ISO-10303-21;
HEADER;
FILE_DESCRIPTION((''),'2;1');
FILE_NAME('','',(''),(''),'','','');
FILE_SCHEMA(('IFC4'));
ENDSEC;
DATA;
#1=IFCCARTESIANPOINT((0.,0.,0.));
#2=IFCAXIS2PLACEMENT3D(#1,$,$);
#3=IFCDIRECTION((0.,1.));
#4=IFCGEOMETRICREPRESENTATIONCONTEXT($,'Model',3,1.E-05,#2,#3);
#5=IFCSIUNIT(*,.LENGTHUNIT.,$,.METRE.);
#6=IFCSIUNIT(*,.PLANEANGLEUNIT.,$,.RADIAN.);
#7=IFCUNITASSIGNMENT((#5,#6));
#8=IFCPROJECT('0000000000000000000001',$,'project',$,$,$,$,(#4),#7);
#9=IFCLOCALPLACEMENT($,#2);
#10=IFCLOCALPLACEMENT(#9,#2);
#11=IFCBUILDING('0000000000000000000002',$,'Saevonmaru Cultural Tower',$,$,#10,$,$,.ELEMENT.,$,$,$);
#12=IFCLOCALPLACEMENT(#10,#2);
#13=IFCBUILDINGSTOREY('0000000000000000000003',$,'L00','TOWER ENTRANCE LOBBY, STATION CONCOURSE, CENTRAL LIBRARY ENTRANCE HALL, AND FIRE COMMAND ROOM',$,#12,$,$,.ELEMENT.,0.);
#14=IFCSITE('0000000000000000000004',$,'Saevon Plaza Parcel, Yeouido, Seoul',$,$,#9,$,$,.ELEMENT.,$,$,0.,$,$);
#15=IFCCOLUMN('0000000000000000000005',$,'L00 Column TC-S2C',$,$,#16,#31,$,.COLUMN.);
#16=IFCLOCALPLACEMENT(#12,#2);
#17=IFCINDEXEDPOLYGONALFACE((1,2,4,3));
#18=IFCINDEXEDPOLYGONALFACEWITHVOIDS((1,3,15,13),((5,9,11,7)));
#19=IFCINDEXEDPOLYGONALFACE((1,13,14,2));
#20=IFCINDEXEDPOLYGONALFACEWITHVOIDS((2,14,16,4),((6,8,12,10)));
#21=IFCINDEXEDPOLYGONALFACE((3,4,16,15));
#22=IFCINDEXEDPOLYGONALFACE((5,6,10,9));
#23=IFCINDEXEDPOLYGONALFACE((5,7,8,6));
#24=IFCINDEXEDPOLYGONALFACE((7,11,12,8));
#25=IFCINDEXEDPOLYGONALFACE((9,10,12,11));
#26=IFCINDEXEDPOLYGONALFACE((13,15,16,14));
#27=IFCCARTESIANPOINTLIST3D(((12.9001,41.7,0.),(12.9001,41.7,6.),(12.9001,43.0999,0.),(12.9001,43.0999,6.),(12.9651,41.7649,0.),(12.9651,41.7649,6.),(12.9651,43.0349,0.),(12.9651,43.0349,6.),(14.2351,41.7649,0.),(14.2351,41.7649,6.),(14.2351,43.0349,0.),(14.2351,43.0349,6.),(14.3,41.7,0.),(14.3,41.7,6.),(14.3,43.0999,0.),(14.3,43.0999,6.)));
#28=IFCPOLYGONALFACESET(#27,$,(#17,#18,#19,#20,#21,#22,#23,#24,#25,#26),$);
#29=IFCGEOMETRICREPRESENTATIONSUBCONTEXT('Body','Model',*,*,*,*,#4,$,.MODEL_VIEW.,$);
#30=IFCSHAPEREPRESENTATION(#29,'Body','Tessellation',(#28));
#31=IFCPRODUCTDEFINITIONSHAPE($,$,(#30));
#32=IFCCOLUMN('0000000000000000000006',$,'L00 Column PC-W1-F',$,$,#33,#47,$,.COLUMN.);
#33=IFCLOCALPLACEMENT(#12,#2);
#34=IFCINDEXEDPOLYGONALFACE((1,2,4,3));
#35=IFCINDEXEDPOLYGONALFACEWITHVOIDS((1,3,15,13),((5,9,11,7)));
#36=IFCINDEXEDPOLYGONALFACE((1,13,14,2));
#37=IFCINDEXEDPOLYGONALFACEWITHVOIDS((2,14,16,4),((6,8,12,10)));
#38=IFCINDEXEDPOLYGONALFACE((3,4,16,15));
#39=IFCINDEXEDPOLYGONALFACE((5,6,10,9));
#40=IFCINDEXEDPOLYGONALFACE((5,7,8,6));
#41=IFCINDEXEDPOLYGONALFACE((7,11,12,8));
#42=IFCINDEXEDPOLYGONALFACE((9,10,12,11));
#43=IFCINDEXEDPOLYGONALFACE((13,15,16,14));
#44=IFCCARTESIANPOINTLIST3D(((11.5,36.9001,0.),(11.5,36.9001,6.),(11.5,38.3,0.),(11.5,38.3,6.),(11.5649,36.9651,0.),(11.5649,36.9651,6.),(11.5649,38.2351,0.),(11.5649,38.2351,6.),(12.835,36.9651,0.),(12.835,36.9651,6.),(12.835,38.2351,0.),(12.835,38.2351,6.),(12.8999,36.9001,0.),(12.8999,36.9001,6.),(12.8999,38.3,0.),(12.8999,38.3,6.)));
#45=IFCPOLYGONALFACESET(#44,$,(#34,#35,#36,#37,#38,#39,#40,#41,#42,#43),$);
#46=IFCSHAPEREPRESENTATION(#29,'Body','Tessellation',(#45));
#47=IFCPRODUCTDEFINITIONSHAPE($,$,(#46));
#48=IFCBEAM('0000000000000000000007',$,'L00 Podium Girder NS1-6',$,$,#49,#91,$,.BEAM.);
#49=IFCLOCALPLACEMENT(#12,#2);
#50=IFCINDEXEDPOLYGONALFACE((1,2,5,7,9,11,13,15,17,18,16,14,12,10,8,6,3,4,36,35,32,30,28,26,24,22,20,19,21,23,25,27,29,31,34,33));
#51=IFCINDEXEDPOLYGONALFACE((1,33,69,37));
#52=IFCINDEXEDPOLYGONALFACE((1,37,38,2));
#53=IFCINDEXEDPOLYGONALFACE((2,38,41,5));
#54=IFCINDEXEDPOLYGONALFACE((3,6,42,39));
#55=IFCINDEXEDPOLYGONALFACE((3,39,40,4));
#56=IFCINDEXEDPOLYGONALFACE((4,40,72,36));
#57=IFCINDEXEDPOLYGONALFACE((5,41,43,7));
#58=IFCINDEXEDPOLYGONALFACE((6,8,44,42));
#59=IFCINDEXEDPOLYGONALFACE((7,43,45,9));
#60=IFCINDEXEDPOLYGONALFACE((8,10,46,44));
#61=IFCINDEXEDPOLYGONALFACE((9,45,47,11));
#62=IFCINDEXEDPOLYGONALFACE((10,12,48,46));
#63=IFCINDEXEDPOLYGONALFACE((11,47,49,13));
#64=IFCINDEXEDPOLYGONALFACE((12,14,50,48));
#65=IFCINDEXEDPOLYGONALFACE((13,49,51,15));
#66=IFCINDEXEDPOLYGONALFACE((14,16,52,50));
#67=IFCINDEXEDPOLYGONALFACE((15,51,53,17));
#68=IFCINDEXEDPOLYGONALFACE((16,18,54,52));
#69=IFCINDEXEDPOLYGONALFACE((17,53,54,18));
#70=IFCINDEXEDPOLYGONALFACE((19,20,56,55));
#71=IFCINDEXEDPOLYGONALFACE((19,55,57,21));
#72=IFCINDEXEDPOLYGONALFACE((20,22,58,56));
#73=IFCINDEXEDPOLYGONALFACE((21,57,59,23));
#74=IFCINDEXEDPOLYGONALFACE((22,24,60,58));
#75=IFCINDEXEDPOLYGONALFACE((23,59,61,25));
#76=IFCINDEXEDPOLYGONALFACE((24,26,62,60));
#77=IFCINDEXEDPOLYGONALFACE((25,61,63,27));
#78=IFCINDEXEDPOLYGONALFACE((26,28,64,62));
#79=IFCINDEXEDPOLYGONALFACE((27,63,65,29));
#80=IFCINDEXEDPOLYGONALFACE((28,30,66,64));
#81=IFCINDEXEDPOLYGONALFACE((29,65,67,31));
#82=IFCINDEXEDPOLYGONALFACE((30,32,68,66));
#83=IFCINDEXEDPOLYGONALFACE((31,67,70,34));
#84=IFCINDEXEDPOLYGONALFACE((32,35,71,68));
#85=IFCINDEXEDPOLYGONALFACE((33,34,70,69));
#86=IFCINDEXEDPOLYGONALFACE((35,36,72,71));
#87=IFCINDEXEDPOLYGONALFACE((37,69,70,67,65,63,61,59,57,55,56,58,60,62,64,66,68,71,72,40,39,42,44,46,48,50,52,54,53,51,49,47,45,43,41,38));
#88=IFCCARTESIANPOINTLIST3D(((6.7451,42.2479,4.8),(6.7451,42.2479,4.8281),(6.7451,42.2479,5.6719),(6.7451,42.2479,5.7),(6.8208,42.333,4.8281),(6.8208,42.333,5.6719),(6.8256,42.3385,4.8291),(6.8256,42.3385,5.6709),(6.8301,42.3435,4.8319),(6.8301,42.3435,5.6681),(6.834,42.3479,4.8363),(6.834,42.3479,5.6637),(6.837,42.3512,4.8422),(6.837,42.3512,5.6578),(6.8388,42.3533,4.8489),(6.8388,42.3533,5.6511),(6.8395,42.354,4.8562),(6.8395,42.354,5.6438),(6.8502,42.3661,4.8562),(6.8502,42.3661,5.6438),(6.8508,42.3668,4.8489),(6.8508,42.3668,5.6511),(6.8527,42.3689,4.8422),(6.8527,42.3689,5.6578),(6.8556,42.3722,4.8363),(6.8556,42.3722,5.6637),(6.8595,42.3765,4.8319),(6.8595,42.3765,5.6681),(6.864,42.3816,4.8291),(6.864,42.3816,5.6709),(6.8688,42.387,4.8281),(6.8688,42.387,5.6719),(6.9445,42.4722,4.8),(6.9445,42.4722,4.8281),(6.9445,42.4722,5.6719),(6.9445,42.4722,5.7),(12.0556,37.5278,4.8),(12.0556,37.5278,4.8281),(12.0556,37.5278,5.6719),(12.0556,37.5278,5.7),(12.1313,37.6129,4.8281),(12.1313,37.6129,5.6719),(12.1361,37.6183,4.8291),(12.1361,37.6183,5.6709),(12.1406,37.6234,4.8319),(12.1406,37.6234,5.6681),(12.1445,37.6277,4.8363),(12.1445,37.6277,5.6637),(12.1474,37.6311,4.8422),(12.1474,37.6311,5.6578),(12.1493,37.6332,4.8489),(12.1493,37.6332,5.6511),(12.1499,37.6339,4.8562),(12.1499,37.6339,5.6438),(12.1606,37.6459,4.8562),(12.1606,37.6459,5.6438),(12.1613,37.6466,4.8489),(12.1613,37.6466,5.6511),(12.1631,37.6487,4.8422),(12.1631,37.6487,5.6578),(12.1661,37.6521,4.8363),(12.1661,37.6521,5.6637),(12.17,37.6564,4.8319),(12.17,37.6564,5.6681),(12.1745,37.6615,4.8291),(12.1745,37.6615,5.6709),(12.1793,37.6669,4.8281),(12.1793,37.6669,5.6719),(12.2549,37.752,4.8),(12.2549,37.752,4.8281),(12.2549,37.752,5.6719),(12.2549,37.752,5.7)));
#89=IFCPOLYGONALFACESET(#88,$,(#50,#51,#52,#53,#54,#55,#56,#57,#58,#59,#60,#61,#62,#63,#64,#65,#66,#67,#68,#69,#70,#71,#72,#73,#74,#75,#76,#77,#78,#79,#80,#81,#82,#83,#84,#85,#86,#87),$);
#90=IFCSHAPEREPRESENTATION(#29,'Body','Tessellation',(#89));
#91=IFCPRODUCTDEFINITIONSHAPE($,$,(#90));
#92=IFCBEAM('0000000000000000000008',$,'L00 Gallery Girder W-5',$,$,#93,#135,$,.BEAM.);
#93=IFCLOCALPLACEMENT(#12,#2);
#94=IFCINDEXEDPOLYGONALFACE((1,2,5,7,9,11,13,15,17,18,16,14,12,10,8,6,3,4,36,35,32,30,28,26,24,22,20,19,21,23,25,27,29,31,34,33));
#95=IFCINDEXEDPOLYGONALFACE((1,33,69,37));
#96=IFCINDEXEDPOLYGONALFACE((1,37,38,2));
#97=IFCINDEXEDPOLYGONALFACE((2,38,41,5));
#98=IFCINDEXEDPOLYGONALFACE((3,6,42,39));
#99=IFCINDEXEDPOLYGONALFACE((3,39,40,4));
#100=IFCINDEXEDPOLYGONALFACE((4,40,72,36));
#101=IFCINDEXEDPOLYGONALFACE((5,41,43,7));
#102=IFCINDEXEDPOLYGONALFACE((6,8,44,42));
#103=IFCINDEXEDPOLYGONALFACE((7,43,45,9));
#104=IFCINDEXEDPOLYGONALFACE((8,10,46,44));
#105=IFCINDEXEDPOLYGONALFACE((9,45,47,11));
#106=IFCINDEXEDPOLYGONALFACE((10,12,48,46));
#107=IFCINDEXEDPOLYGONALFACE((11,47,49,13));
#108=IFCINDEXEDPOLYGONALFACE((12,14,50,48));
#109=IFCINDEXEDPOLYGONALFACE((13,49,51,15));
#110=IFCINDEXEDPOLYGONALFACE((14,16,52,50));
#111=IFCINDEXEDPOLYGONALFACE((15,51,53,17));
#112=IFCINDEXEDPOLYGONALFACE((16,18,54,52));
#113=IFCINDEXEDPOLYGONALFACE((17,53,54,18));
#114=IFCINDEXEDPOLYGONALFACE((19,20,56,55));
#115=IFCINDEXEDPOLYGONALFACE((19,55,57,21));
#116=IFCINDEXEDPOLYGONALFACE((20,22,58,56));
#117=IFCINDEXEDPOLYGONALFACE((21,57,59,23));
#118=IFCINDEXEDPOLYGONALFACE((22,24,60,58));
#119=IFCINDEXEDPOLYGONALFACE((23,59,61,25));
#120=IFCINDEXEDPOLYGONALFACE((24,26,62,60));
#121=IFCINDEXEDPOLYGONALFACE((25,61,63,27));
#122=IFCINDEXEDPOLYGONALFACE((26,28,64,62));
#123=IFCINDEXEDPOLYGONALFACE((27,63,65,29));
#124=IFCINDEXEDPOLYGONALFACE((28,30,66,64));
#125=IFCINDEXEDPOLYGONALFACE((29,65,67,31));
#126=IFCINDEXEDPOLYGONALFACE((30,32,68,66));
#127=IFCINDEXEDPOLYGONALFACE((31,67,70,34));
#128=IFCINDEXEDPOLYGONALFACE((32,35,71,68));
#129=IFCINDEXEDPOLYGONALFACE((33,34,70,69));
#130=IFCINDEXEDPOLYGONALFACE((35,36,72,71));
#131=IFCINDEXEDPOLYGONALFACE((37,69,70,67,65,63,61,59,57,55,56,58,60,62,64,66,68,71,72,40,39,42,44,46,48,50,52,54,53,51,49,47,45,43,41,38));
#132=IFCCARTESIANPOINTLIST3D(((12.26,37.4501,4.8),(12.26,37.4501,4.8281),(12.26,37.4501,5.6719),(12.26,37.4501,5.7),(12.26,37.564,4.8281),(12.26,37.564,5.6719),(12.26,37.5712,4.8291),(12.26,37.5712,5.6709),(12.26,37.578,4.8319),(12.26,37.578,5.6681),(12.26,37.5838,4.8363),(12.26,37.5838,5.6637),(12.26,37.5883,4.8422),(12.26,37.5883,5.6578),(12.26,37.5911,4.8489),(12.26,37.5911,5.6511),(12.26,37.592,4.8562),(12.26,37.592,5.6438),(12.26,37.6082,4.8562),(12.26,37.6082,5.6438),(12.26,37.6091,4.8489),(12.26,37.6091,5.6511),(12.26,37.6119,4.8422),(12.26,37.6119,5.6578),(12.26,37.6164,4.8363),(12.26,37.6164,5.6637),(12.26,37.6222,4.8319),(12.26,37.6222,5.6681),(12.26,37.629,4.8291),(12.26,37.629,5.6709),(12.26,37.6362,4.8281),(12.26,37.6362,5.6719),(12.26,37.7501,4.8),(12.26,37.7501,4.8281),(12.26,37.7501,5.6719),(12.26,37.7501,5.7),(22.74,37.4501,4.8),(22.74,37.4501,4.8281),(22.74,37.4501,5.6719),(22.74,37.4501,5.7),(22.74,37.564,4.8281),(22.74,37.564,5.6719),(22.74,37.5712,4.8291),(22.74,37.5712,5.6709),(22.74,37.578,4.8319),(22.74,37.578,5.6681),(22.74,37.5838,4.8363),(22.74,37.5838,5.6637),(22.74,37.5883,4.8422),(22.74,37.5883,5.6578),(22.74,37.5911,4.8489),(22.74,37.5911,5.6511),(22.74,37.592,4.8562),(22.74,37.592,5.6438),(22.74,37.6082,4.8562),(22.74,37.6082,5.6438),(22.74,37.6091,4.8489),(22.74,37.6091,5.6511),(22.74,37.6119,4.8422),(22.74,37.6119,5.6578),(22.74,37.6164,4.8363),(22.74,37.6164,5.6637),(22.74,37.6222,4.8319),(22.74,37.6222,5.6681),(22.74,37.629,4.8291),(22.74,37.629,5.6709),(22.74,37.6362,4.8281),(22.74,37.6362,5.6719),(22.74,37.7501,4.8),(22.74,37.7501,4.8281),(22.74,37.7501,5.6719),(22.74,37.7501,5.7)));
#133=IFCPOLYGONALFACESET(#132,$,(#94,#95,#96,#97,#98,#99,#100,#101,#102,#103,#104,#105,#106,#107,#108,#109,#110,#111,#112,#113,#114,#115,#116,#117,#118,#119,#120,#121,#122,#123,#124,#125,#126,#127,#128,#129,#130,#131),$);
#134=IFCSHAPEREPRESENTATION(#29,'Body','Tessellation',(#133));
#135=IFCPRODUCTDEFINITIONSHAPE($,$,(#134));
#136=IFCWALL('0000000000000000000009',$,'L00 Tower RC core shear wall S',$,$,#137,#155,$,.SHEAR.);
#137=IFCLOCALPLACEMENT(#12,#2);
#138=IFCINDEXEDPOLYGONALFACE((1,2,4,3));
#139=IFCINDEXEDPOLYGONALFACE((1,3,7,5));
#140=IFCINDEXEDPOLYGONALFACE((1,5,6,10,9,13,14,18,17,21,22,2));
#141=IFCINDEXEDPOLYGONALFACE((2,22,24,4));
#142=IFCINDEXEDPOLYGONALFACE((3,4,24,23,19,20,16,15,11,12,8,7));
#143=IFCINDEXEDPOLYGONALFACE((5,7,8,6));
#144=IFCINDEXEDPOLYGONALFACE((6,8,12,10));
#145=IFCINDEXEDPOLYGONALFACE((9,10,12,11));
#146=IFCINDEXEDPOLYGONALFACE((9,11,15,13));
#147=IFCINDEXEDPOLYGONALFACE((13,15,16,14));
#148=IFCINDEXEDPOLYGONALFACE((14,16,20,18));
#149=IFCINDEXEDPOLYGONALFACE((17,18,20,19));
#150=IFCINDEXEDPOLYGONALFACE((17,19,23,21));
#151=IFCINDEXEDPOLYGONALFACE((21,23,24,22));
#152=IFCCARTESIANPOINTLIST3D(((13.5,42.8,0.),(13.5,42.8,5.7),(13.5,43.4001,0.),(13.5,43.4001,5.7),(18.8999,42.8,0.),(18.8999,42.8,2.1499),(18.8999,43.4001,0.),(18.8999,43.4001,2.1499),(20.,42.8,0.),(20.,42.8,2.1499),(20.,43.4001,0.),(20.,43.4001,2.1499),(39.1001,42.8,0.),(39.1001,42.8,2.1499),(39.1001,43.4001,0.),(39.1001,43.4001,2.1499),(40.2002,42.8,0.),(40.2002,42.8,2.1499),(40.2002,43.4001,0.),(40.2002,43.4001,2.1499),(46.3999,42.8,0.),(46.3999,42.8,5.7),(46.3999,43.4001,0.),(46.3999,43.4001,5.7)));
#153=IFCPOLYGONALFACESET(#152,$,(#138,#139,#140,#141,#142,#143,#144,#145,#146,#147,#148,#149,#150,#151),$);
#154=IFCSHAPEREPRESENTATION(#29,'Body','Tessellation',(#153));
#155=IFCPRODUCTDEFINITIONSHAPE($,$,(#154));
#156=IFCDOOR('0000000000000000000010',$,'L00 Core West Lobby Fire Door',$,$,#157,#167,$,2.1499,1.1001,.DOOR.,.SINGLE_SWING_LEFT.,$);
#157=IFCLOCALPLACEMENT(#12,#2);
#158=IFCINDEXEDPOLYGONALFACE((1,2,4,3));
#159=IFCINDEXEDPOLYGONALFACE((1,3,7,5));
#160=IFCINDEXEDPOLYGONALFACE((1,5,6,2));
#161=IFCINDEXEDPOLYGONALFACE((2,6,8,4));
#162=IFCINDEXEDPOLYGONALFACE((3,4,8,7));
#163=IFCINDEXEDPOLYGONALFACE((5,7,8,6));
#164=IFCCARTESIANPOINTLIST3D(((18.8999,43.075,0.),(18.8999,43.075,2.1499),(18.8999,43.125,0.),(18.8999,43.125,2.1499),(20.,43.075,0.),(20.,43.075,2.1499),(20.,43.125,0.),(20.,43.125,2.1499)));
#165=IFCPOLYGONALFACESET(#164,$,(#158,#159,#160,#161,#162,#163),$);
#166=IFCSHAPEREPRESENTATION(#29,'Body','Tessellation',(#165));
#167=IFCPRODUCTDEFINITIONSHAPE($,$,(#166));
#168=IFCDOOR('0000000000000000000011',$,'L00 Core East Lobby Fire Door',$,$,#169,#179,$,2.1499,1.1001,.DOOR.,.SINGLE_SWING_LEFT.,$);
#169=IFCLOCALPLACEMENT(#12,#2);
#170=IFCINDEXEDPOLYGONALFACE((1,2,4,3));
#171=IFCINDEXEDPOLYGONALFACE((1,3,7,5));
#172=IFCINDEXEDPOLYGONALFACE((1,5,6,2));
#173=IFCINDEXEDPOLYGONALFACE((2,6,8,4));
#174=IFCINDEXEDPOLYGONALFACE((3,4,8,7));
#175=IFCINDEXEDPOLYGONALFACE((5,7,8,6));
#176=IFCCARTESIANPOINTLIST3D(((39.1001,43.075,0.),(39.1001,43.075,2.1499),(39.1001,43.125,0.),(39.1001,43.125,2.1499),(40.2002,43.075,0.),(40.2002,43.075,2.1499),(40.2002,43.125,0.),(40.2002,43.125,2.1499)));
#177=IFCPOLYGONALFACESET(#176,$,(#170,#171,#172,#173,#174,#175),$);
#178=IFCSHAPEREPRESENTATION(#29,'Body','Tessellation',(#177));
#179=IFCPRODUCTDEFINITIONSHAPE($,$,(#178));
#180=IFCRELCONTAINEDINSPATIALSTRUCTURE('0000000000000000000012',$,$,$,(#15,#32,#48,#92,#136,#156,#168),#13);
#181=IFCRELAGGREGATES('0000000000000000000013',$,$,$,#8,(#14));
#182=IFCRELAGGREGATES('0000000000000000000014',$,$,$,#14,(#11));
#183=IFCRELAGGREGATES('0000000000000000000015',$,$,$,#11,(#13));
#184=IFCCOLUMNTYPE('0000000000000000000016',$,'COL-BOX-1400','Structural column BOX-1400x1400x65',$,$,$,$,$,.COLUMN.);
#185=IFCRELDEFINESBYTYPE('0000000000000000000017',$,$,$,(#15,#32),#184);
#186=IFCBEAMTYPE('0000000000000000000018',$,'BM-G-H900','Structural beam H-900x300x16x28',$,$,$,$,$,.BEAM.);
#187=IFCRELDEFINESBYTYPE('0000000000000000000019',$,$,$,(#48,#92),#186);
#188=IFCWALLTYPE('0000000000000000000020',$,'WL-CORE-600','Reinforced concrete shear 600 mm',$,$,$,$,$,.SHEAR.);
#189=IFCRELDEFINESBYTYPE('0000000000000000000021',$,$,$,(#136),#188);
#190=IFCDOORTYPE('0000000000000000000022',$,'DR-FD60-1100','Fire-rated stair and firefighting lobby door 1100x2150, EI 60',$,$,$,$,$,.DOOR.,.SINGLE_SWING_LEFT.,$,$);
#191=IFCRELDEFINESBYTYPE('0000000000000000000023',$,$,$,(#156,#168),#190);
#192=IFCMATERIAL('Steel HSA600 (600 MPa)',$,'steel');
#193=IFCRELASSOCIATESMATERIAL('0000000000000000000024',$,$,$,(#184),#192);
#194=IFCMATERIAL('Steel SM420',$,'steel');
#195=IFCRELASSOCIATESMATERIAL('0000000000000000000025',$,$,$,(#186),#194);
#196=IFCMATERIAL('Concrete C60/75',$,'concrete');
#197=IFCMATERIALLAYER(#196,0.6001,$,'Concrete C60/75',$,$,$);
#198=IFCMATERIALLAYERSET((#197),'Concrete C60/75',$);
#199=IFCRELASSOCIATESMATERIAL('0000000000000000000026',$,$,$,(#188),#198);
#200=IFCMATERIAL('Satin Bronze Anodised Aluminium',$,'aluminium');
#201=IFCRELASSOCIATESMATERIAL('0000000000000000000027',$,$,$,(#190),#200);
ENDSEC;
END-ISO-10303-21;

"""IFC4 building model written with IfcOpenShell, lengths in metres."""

from ifc_helpers import new_model, si_unit, direction, frame, frame_2d, origin, origin_2d, place, context, subcontext, project, spatial, rectangle, hollow_rectangle, i_section, extrude, material, layer, layer_set, material_profile, profile_set, type_object, element, fill, save


model = new_model("IFC4")

# Units and contexts
model_context = context("Model", 3, precision=1e-05, world=origin(), true_north=direction((0.0, 1.0)))
body_context = subcontext(model_context, "Body", "Model", "MODEL_VIEW")
ifc_project = project(units=[si_unit("LENGTHUNIT", "METRE"), si_unit("PLANEANGLEUNIT", "RADIAN")], contexts=[model_context])

# Site, building, storey
site_placement = place(None, origin())
site = spatial("IfcSite", under=ifc_project, at=site_placement, Name="Saevon Plaza Parcel, Yeouido, Seoul", CompositionType="ELEMENT", RefElevation=0.0)
building_placement = place(site_placement, origin())
building = spatial("IfcBuilding", under=site, at=building_placement, Name="Saevonmaru Cultural Tower", CompositionType="ELEMENT")
storey_placement = place(building_placement, origin())
storey = spatial("IfcBuildingStorey", under=building, at=storey_placement, Name="L00", Description="TOWER ENTRANCE LOBBY, STATION CONCOURSE, CENTRAL LIBRARY ENTRANCE HALL, AND FIRE COMMAND ROOM", CompositionType="ELEMENT", Elevation=0.0)

# Columns
ifc_material_1 = material(Name="Steel HSA600 (600 MPa)", Category="steel")
ifc_material_profile_1 = material_profile(ifc_material_1, hollow_rectangle(XDim=1.3999, YDim=1.3999, WallThickness=0.0649, at=origin_2d()), Name="BOX-1400x1400x65")
ifc_profile_set_1 = profile_set([ifc_material_profile_1], Name="Steel HSA600 (600 MPa)")
column_type = type_object("IfcColumnType", Name="COL-BOX-1400", Description="Structural column BOX-1400x1400x65", PredefinedType="COLUMN", material=ifc_profile_set_1)
for number, where, z_axis, x_axis, name in (
    (1, (13.6001, 42.3999, 0.0), (0.0, 0.0, 1.0), (1.0, 0.0, 0.0), "L00 Column TC-S2C"),
    (2, (12.2, 37.6001, 0.0), (0.0, 0.0, 1.0), (1.0, 0.0, 0.0), "L00 Column PC-W1-F"),
):
    element("IfcColumn", number, at=place(storey_placement, frame(where, z_axis=z_axis, x_axis=x_axis)), inside=storey, type_object=column_type, Name=name, PredefinedType="COLUMN", context=body_context, shape_type="SweptSolid", body=[
        extrude(hollow_rectangle(XDim=1.3999, YDim=1.3999, WallThickness=0.0649, at=origin_2d()), origin(), (0.0, 0.0, 1.0), 6.0),
    ])

# Beams
ifc_material_2 = material(Name="Steel SM420", Category="steel")
ifc_material_profile_2 = material_profile(ifc_material_2, i_section(OverallWidth=0.3, OverallDepth=0.8999, WebThickness=0.0161, FlangeThickness=0.0281, FilletRadius=0.0281, at=origin_2d()), Name="H-900x300x16x28")
ifc_profile_set_2 = profile_set([ifc_material_profile_2], Name="Steel SM420")
beam_type = type_object("IfcBeamType", Name="BM-G-H900", Description="Structural beam H-900x300x16x28", PredefinedType="BEAM", material=ifc_profile_set_2)
beam_1_placement = place(storey_placement, frame((12.1553, 37.6399, 5.25), z_axis=(-0.747428, 0.664343, 0.0), x_axis=(-0.664343, -0.747428, 0.0)))
element("IfcBeam", 3, at=beam_1_placement, inside=storey, type_object=beam_type, Name="L00 Podium Girder NS1-6", PredefinedType="BEAM", context=body_context, shape_type="SweptSolid", body=[
    extrude(i_section(OverallWidth=0.3, OverallDepth=0.8999, WebThickness=0.0161, FlangeThickness=0.0281, FilletRadius=0.0281, at=origin_2d()), origin(), (0.0, 0.0, 1.0), 7.105),
])
beam_2_placement = place(storey_placement, frame((12.26, 37.6001, 5.25), z_axis=(1.0, 0.0, 0.0), x_axis=(0.0, 1.0, 0.0)))
element("IfcBeam", 4, at=beam_2_placement, inside=storey, type_object=beam_type, Name="L00 Gallery Girder W-5", PredefinedType="BEAM", context=body_context, shape_type="SweptSolid", body=[
    extrude(i_section(OverallWidth=0.3, OverallDepth=0.8999, WebThickness=0.0161, FlangeThickness=0.0281, FilletRadius=0.0281, at=origin_2d()), origin(), (0.0, 0.0, 1.0), 10.48),
])

# Wall, openings, doors
ifc_material_3 = material(Name="Concrete C60/75", Category="concrete")
ifc_layer_1 = layer(ifc_material_3, 0.6001, Name="Concrete C60/75")
ifc_layer_set_1 = layer_set([ifc_layer_1], Name="Concrete C60/75")
wall_type_1 = type_object("IfcWallType", Name="WL-CORE-600", Description="Reinforced concrete shear 600 mm", PredefinedType="SHEAR", material=ifc_layer_set_1)
wall_1_placement = place(storey_placement, frame((13.5, 43.1001, 0.0), z_axis=(0.0, 0.0, 1.0), x_axis=(1.0, 0.0, 0.0)))
wall_1 = element("IfcWall", 5, at=wall_1_placement, inside=storey, type_object=wall_type_1, Name="L00 Tower RC core shear wall S", PredefinedType="SHEAR", context=body_context, shape_type="SweptSolid", body=[
    extrude(rectangle(XDim=32.8999, YDim=0.6001, at=frame_2d((16.45, 0.0))), origin(), (0.0, 0.0, 1.0), 5.7),
])
opening_1_placement = place(wall_1_placement, frame((5.3999, 0.0, 0.0)))
opening_1 = element("IfcOpeningElement", 6, at=opening_1_placement, cuts=wall_1, PredefinedType="OPENING", context=body_context, shape_type="SweptSolid", body=[
    extrude(rectangle(XDim=1.1001, YDim=2.1499, at=frame_2d((0.55, 1.075))), frame((0.0, 0.3101, 0.0), z_axis=(0.0, -1.0, 0.0), x_axis=(1.0, 0.0, 0.0)), (0.0, 0.0, 1.0), 0.6201),
])
opening_2_placement = place(wall_1_placement, frame((25.6001, 0.0, 0.0)))
opening_2 = element("IfcOpeningElement", 7, at=opening_2_placement, cuts=wall_1, PredefinedType="OPENING", context=body_context, shape_type="SweptSolid", body=[
    extrude(rectangle(XDim=1.1001, YDim=2.1499, at=frame_2d((0.55, 1.075))), frame((0.0, 0.3101, 0.0), z_axis=(0.0, -1.0, 0.0), x_axis=(1.0, 0.0, 0.0)), (0.0, 0.0, 1.0), 0.6201),
])
ifc_material_4 = material(Name="Satin Bronze Anodised Aluminium", Category="aluminium")
door_type_1 = type_object("IfcDoorType", Name="DR-FD60-1100", Description="Fire-rated stair and firefighting lobby door 1100x2150, EI 60", OperationType="SINGLE_SWING_LEFT", PredefinedType="DOOR", material=ifc_material_4)
door_1_placement = place(opening_1_placement, origin())
door_1 = element("IfcDoor", 8, at=door_1_placement, inside=storey, type_object=door_type_1, Name="L00 Core West Lobby Fire Door", OperationType="SINGLE_SWING_LEFT", OverallHeight=2.1499, OverallWidth=1.1001, PredefinedType="DOOR", context=body_context, shape_type="SweptSolid", body=[
    extrude(rectangle(XDim=1.1001, YDim=2.1499, at=frame_2d((0.55, 1.075))), frame((0.0, 0.0249, 0.0), z_axis=(0.0, -1.0, 0.0), x_axis=(1.0, 0.0, 0.0)), (0.0, 0.0, 1.0), 0.05),
])
fill(opening_1, door_1)
door_2_placement = place(opening_2_placement, origin())
door_2 = element("IfcDoor", 9, at=door_2_placement, inside=storey, type_object=door_type_1, Name="L00 Core East Lobby Fire Door", OperationType="SINGLE_SWING_LEFT", OverallHeight=2.1499, OverallWidth=1.1001, PredefinedType="DOOR", context=body_context, shape_type="SweptSolid", body=[
    extrude(rectangle(XDim=1.1001, YDim=2.1499, at=frame_2d((0.55, 1.075))), frame((0.0, 0.0249, 0.0), z_axis=(0.0, -1.0, 0.0), x_axis=(1.0, 0.0, 0.0)), (0.0, 0.0, 1.0), 0.05),
])
fill(opening_2, door_2)

save(model, "model.ifc")
